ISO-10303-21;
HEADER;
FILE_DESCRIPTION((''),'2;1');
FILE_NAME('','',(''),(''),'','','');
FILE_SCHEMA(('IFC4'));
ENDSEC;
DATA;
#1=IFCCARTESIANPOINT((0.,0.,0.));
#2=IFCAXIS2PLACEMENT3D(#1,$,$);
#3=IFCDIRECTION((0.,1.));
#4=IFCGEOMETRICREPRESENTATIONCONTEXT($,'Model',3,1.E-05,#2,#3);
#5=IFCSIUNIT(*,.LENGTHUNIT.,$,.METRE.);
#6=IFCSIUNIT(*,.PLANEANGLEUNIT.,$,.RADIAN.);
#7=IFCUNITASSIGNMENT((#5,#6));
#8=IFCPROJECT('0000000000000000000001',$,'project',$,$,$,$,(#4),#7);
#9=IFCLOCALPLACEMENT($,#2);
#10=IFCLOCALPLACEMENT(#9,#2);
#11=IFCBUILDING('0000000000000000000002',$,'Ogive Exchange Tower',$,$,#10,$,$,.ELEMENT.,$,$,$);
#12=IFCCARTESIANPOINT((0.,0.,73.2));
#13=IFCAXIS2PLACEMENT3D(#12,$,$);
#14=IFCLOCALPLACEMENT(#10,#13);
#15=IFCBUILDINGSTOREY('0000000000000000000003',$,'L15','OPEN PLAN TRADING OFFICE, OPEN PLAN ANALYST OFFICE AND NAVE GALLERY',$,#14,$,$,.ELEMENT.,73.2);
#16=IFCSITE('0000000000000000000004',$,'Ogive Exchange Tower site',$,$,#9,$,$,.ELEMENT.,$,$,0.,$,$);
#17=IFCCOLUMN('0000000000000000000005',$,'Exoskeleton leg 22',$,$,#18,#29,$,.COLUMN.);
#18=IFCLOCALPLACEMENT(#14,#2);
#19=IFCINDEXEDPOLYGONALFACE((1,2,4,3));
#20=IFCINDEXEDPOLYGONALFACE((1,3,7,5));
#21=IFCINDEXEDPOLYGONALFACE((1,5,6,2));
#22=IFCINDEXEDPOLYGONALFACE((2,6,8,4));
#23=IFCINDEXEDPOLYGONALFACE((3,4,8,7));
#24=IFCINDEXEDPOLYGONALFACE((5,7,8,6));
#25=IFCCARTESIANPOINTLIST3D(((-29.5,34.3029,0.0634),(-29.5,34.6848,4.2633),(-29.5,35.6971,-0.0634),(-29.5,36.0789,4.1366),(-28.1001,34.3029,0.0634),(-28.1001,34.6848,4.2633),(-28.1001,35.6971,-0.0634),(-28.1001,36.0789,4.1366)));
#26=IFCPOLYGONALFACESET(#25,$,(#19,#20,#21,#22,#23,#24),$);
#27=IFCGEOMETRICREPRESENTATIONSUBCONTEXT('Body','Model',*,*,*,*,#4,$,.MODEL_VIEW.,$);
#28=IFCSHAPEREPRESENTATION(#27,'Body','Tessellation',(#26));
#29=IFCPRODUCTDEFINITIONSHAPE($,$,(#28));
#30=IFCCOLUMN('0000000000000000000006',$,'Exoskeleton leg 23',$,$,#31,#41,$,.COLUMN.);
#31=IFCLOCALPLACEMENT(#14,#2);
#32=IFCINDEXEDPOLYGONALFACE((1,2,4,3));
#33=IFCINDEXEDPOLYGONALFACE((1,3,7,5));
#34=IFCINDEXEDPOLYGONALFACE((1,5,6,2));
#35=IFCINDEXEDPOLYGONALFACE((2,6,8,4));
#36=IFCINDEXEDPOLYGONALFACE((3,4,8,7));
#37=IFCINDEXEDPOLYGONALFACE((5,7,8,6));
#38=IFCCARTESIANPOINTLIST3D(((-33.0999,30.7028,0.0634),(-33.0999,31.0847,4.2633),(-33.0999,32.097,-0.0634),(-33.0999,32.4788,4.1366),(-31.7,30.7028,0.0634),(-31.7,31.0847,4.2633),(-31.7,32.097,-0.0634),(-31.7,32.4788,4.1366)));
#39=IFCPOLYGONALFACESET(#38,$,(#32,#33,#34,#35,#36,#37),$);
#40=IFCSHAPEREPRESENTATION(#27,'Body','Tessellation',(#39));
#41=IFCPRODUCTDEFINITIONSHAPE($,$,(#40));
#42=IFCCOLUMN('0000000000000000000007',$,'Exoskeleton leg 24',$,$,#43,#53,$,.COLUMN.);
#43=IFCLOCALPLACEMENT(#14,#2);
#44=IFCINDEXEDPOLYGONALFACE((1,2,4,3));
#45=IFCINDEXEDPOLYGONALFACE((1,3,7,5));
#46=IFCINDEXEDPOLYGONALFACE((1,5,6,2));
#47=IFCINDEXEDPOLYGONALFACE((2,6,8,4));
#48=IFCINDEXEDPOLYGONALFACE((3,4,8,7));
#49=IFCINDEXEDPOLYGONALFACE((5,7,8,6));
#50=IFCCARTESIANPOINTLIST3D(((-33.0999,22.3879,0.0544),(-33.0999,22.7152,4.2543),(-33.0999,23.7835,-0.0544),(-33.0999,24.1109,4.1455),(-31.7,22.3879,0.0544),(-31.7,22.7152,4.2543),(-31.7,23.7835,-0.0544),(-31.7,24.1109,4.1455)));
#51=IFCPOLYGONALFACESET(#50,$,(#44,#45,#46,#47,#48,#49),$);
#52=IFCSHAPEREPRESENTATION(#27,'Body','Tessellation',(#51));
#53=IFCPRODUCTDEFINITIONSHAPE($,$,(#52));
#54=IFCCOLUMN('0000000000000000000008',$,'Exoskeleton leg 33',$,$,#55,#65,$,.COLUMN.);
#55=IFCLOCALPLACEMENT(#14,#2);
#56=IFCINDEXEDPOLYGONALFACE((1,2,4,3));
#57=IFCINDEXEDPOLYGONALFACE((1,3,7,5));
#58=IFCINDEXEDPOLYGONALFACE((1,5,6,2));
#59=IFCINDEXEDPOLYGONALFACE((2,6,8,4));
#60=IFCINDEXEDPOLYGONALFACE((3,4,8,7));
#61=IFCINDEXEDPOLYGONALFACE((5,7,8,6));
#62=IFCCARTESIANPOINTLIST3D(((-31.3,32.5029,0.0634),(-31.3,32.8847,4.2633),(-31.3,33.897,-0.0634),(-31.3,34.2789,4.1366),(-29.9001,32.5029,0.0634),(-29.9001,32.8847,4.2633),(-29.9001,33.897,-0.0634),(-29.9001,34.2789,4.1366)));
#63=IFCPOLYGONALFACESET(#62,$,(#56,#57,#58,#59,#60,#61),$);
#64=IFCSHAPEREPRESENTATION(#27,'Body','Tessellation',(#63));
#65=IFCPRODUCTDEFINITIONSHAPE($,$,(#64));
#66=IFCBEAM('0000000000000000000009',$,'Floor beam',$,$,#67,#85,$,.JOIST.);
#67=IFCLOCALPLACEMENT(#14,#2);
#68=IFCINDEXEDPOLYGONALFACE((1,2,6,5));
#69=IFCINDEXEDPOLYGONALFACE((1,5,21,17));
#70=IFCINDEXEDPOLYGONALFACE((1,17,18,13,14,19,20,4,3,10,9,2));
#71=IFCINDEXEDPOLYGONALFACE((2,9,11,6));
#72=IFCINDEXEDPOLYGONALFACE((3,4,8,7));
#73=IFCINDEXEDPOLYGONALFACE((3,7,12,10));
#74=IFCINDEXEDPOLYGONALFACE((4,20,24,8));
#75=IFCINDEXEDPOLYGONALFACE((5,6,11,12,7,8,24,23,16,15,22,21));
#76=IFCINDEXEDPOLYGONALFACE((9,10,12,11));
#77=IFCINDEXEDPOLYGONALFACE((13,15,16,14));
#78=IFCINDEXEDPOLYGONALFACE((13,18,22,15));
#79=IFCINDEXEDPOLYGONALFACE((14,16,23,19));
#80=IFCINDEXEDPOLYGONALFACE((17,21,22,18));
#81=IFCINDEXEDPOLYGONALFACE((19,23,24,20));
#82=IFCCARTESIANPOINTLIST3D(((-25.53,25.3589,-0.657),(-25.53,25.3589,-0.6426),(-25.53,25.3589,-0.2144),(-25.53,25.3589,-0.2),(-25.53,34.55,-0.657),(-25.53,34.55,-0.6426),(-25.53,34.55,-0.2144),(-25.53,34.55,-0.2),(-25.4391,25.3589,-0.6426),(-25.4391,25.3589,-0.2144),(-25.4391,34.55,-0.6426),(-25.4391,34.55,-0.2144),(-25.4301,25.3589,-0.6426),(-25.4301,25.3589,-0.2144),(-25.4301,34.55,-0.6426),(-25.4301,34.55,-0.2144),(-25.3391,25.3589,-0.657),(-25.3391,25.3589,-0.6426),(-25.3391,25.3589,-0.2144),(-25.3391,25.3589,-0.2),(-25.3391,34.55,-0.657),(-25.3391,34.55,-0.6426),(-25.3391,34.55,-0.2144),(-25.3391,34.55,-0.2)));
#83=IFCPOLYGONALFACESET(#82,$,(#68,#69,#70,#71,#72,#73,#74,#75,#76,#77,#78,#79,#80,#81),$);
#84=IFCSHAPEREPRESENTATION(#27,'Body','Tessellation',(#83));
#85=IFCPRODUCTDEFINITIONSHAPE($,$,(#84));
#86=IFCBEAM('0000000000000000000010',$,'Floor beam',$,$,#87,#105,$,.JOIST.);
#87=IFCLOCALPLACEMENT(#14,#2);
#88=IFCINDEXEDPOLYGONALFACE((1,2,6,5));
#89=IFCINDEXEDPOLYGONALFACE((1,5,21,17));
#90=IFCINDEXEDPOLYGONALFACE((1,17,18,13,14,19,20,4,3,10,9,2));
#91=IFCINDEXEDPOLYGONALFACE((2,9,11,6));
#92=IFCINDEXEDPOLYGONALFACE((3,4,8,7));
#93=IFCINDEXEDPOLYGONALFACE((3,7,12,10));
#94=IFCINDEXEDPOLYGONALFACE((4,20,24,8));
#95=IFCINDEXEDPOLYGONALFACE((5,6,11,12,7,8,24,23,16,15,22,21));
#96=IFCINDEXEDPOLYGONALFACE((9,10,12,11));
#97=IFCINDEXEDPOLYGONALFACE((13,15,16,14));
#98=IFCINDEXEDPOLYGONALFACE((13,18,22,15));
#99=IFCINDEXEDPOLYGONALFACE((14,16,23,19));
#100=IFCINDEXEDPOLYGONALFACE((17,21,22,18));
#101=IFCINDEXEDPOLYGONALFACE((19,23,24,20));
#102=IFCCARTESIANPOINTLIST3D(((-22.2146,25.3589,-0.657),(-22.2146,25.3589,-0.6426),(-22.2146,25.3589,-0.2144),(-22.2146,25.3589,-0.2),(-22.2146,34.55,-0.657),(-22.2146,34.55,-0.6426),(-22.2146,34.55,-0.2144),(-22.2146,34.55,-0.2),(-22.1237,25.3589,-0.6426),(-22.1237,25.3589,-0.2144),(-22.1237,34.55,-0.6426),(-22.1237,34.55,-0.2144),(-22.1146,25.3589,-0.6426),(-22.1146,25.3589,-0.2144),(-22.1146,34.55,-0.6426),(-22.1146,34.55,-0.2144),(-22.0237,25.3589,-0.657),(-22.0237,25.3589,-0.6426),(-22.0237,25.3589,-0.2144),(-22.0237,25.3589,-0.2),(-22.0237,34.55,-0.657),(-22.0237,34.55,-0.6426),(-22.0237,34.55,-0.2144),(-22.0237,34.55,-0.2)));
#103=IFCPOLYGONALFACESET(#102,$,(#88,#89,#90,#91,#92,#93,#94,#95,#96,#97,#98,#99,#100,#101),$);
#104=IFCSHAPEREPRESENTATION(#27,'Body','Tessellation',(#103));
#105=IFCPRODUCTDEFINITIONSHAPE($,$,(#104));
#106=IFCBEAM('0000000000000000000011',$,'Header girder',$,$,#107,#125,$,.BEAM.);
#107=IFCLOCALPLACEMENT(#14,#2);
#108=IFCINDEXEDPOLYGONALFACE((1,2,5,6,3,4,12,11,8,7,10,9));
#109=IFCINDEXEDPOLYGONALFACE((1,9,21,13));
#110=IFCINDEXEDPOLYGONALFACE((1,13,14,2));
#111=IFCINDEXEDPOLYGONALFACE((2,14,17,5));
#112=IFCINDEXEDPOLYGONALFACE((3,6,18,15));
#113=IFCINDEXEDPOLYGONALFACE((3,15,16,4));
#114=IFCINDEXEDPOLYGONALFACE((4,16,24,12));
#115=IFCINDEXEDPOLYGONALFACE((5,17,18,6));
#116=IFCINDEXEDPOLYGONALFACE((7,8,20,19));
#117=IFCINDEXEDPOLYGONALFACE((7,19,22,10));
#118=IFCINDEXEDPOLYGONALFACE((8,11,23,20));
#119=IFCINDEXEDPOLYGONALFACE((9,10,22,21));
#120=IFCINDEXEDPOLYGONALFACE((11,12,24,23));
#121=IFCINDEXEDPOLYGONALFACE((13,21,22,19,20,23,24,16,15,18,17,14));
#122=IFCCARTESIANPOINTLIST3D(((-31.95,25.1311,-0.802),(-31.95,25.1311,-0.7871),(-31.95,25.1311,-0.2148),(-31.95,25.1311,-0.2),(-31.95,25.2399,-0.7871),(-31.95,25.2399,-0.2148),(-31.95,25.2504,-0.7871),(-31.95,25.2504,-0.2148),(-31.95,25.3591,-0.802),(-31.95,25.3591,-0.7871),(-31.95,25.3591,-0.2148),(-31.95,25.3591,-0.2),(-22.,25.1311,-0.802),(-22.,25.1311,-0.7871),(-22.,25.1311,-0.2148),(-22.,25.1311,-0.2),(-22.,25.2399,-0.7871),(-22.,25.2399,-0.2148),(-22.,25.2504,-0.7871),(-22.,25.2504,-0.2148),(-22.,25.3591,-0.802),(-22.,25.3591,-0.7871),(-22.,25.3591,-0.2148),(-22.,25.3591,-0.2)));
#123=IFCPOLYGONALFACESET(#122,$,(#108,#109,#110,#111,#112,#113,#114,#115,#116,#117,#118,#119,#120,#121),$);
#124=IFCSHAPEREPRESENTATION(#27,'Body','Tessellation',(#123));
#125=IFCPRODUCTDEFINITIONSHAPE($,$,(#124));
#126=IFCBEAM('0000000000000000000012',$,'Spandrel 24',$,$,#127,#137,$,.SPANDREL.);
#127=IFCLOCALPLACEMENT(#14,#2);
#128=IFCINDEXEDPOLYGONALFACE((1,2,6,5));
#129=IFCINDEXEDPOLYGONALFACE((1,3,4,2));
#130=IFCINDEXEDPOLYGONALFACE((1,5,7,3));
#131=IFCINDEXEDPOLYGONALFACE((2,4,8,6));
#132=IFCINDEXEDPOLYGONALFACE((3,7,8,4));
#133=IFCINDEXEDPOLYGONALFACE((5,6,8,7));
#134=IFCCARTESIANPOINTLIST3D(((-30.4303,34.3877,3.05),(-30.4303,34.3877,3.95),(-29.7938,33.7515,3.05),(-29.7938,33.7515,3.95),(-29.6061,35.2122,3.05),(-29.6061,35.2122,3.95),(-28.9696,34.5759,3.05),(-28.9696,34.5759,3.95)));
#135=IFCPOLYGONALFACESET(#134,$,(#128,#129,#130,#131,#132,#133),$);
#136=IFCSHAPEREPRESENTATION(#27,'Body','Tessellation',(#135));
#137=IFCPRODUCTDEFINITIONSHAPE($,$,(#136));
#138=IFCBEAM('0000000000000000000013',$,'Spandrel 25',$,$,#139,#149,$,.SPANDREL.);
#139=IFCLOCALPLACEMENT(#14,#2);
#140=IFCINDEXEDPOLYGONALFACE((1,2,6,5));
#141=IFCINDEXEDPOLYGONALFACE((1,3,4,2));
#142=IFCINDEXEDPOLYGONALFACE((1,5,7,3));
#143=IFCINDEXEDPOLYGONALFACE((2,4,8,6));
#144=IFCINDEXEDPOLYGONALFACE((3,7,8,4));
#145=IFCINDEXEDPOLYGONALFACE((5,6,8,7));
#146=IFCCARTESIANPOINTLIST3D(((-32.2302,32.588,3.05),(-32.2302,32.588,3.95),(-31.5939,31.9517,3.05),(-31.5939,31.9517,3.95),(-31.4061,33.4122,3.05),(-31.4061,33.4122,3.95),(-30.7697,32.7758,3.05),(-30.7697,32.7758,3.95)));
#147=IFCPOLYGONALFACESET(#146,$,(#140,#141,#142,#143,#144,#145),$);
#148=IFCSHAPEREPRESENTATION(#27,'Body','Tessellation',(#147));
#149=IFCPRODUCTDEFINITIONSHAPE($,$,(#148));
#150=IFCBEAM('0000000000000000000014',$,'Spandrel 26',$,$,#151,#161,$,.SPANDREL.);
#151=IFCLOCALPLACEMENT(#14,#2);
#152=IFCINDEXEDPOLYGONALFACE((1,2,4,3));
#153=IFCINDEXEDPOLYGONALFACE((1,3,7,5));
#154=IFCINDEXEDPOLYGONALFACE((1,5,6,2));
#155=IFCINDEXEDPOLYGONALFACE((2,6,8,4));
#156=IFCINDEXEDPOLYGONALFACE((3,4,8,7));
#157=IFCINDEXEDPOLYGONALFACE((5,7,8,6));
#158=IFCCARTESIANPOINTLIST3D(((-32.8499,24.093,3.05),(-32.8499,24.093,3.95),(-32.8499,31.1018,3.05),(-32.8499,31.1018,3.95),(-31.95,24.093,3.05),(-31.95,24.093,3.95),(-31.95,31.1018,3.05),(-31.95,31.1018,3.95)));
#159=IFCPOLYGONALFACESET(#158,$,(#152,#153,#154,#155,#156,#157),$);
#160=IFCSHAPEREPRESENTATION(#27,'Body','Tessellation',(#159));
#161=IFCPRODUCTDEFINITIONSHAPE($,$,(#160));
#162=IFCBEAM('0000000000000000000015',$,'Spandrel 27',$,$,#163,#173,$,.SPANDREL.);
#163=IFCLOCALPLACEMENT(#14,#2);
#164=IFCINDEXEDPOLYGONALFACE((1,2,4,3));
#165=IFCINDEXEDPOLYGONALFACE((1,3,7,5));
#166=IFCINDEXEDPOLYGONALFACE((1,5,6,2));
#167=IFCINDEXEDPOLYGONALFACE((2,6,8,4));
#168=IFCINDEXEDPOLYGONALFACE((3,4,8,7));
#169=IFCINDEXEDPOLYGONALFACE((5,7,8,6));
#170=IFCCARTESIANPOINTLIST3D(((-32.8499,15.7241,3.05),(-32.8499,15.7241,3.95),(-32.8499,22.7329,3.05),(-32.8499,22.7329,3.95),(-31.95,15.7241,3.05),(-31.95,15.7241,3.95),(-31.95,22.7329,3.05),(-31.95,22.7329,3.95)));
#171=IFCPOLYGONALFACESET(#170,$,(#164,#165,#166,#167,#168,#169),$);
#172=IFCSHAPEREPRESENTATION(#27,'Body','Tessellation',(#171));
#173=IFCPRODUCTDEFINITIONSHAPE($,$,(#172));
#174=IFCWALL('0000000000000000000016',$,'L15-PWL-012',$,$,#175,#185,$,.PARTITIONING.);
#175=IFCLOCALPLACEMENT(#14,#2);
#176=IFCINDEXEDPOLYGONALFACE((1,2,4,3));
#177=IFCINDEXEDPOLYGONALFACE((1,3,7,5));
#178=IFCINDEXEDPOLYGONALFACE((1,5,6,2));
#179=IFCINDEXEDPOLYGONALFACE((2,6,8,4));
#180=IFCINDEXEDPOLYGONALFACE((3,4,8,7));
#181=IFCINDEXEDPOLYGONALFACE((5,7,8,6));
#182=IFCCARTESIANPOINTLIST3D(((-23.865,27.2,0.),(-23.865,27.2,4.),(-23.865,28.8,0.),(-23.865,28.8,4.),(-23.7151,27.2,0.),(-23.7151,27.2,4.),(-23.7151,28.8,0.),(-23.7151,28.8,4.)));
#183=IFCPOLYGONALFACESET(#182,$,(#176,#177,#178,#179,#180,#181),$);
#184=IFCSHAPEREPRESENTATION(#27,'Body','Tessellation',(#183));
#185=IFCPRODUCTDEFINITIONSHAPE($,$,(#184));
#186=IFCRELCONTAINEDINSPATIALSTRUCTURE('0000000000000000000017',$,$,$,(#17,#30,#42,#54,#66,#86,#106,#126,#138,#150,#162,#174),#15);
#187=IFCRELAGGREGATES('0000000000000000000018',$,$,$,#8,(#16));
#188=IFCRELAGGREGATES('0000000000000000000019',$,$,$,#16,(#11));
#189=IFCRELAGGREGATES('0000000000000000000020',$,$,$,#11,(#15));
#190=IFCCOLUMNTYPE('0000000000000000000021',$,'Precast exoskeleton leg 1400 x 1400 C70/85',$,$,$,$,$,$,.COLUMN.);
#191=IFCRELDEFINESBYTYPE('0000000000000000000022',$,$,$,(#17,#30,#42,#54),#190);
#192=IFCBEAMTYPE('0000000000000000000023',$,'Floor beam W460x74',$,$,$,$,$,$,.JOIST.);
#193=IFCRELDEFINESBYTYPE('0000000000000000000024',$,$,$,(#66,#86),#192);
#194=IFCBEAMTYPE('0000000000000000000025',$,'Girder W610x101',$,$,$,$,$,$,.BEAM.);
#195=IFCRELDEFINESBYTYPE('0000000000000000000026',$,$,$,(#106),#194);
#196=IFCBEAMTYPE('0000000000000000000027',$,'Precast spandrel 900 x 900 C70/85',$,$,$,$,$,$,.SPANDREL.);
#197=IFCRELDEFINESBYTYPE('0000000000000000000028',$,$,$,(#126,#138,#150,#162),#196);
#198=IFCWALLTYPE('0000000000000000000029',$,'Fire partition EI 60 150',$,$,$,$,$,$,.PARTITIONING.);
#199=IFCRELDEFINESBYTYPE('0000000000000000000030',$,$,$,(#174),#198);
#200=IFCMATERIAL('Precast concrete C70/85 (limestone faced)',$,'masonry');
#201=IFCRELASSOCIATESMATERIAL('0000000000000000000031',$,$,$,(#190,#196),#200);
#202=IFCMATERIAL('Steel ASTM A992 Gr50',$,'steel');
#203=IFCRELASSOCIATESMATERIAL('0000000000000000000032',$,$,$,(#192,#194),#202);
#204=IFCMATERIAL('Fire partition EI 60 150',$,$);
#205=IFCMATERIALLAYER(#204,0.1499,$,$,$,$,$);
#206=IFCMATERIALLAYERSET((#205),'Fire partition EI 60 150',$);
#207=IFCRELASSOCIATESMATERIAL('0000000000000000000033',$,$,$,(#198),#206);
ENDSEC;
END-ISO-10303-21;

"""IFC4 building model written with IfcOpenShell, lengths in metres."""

from ifc_helpers import new_model, si_unit, direction, frame, frame_2d, origin, origin_2d, place, context, subcontext, project, spatial, rectangle, i_section, extrude, material, layer, layer_set, material_profile, profile_set, type_object, element, save


model = new_model("IFC4")

# Units and contexts
model_context = context("Model", 3, precision=1e-05, world=origin(), true_north=direction((0.0, 1.0)))
body_context = subcontext(model_context, "Body", "Model", "MODEL_VIEW")
ifc_project = project(units=[si_unit("LENGTHUNIT", "METRE"), si_unit("PLANEANGLEUNIT", "RADIAN")], contexts=[model_context])

# Site, building, storey
site_placement = place(None, origin())
site = spatial("IfcSite", under=ifc_project, at=site_placement, Name="Ogive Exchange Tower site", CompositionType="ELEMENT", RefElevation=0.0)
building_placement = place(site_placement, origin())
building = spatial("IfcBuilding", under=site, at=building_placement, Name="Ogive Exchange Tower", CompositionType="ELEMENT")
storey_placement = place(building_placement, frame((0.0, 0.0, 73.2)))
storey = spatial("IfcBuildingStorey", under=building, at=storey_placement, Name="L15", Description="OPEN PLAN TRADING OFFICE, OPEN PLAN ANALYST OFFICE AND NAVE GALLERY", CompositionType="ELEMENT", Elevation=73.2)

# Columns
ifc_material_1 = material(Name="Precast concrete C70/85 (limestone faced)", Category="masonry")
ifc_material_profile_1 = material_profile(ifc_material_1, rectangle(XDim=1.3999, YDim=1.3999, at=origin_2d()), Name="1400 x 1400")
ifc_profile_set_1 = profile_set([ifc_material_profile_1], Name="Precast concrete C70/85 (limestone faced)")
column_type = type_object("IfcColumnType", Name="Precast exoskeleton leg 1400 x 1400 C70/85", PredefinedType="COLUMN", material=ifc_profile_set_1)
for number, where, z_axis, x_axis, name in (
    (1, (-28.8, 35.0, 0.0), (0.0, 0.090541, 0.995893), (-1.0, 0.0, 0.0), "Exoskeleton leg 22"),
    (2, (-32.3999, 31.3999, 0.0), (0.0, 0.090541, 0.995893), (-1.0, 0.0, 0.0), "Exoskeleton leg 23"),
):
    element("IfcColumn", number, at=place(storey_placement, frame(where, z_axis=z_axis, x_axis=x_axis)), inside=storey, type_object=column_type, Name=name, PredefinedType="COLUMN", context=body_context, shape_type="SweptSolid", body=[
        extrude(rectangle(XDim=1.3999, YDim=1.3999, at=origin_2d()), origin(), (0.0, 0.0, 1.0), 4.2173),
    ])
column_1_placement = place(storey_placement, frame((-32.3999, 23.0857, 0.0), z_axis=(0.0, 0.077716, 0.996976), x_axis=(-1.0, 0.0, 0.0)))
element("IfcColumn", 3, at=column_1_placement, inside=storey, type_object=column_type, Name="Exoskeleton leg 24", PredefinedType="COLUMN", context=body_context, shape_type="SweptSolid", body=[
    extrude(rectangle(XDim=1.3999, YDim=1.3999, at=origin_2d()), origin(), (0.0, 0.0, 1.0), 4.2126),
])
column_2_placement = place(storey_placement, frame((-30.6001, 33.2, 0.0), z_axis=(0.0, 0.090541, 0.995893), x_axis=(-1.0, 0.0, 0.0)))
element("IfcColumn", 4, at=column_2_placement, inside=storey, type_object=column_type, Name="Exoskeleton leg 33", PredefinedType="COLUMN", context=body_context, shape_type="SweptSolid", body=[
    extrude(rectangle(XDim=1.3999, YDim=1.3999, at=origin_2d()), origin(), (0.0, 0.0, 1.0), 4.2173),
])

# Beams
ifc_material_2 = material(Name="Steel ASTM A992 Gr50", Category="steel")
ifc_material_profile_2 = material_profile(ifc_material_2, i_section(OverallWidth=0.1909, OverallDepth=0.457, WebThickness=0.009, FlangeThickness=0.0144, at=origin_2d()), Name="W460x74")
ifc_profile_set_2 = profile_set([ifc_material_profile_2], Name="Steel ASTM A992 Gr50")
beam_type_1 = type_object("IfcBeamType", Name="Floor beam W460x74", PredefinedType="JOIST", material=ifc_profile_set_2)
for number, where, z_axis, x_axis, name in (
    (5, (-25.4346, 25.3589, -0.4285), (0.0, 1.0, 0.0), (-1.0, 0.0, 0.0), "Floor beam"),
    (6, (-22.1191, 25.3589, -0.4285), (0.0, 1.0, 0.0), (-1.0, 0.0, 0.0), "Floor beam"),
):
    element("IfcBeam", number, at=place(storey_placement, frame(where, z_axis=z_axis, x_axis=x_axis)), inside=storey, type_object=beam_type_1, Name=name, PredefinedType="JOIST", context=body_context, shape_type="SweptSolid", body=[
        extrude(i_section(OverallWidth=0.1909, OverallDepth=0.457, WebThickness=0.009, FlangeThickness=0.0144, at=origin_2d()), origin(), (0.0, 0.0, 1.0), 9.1912),
    ])
ifc_material_profile_3 = material_profile(ifc_material_2, i_section(OverallWidth=0.228, OverallDepth=0.6021, WebThickness=0.0105, FlangeThickness=0.0149, at=origin_2d()), Name="W610x101")
ifc_profile_set_3 = profile_set([ifc_material_profile_3], Name="Steel ASTM A992 Gr50")
beam_type_2 = type_object("IfcBeamType", Name="Girder W610x101", PredefinedType="BEAM", material=ifc_profile_set_3)
beam_1_placement = place(storey_placement, frame((-31.95, 25.2451, -0.501), z_axis=(1.0, 0.0, 0.0), x_axis=(0.0, 1.0, 0.0)))
element("IfcBeam", 7, at=beam_1_placement, inside=storey, type_object=beam_type_2, Name="Header girder", PredefinedType="BEAM", context=body_context, shape_type="SweptSolid", body=[
    extrude(i_section(OverallWidth=0.228, OverallDepth=0.6021, WebThickness=0.0105, FlangeThickness=0.0149, at=origin_2d()), origin(), (0.0, 0.0, 1.0), 9.95),
])
ifc_material_profile_4 = material_profile(ifc_material_1, rectangle(XDim=0.8999, YDim=0.8999, at=origin_2d()), Name="900 x 900")
ifc_profile_set_4 = profile_set([ifc_material_profile_4], Name="Precast concrete C70/85 (limestone faced)")
beam_type_3 = type_object("IfcBeamType", Name="Precast spandrel 900 x 900 C70/85", PredefinedType="SPANDREL", material=ifc_profile_set_4)
beam_2_placement = place(storey_placement, frame((-29.2878, 34.894, 3.5), z_axis=(-0.707002, -0.707211, 0.0), x_axis=(0.707211, -0.707002, 0.0)))
element("IfcBeam", 8, at=beam_2_placement, inside=storey, type_object=beam_type_3, Name="Spandrel 24", PredefinedType="SPANDREL", context=body_context, shape_type="SweptSolid", body=[
    extrude(rectangle(XDim=0.8999, YDim=0.8999, at=origin_2d()), origin(), (0.0, 0.0, 1.0), 1.1658),
])
beam_3_placement = place(storey_placement, frame((-31.0879, 33.094, 3.5), z_axis=(-0.707107, -0.707107, 0.0), x_axis=(0.707107, -0.707107, 0.0)))
element("IfcBeam", 9, at=beam_3_placement, inside=storey, type_object=beam_type_3, Name="Spandrel 25", PredefinedType="SPANDREL", context=body_context, shape_type="SweptSolid", body=[
    extrude(rectangle(XDim=0.8999, YDim=0.8999, at=origin_2d()), origin(), (0.0, 0.0, 1.0), 1.1655),
])
for number, where, z_axis, x_axis, name in (
    (10, (-32.3999, 31.1018, 3.5), (0.0, -1.0, 0.0), (1.0, 0.0, 0.0), "Spandrel 26"),
    (11, (-32.3999, 22.7329, 3.5), (0.0, -1.0, 0.0), (1.0, 0.0, 0.0), "Spandrel 27"),
):
    element("IfcBeam", number, at=place(storey_placement, frame(where, z_axis=z_axis, x_axis=x_axis)), inside=storey, type_object=beam_type_3, Name=name, PredefinedType="SPANDREL", context=body_context, shape_type="SweptSolid", body=[
        extrude(rectangle(XDim=0.8999, YDim=0.8999, at=origin_2d()), origin(), (0.0, 0.0, 1.0), 7.0088),
    ])

# Wall
ifc_material_3 = material(Name="Fire partition EI 60 150")
ifc_layer_1 = layer(ifc_material_3, 0.1499)
ifc_layer_set_1 = layer_set([ifc_layer_1], Name="Fire partition EI 60 150")
wall_type_1 = type_object("IfcWallType", Name="Fire partition EI 60 150", PredefinedType="PARTITIONING", material=ifc_layer_set_1)
wall_1_placement = place(storey_placement, frame((-23.79, 27.2, 0.0), z_axis=(0.0, 0.0, 1.0), x_axis=(0.0, 1.0, 0.0)))
element("IfcWall", 12, at=wall_1_placement, inside=storey, type_object=wall_type_1, Name="L15-PWL-012", PredefinedType="PARTITIONING", context=body_context, shape_type="SweptSolid", body=[
    extrude(rectangle(XDim=1.6001, YDim=0.1499, at=frame_2d((0.8, 0.0))), origin(), (0.0, 0.0, 1.0), 4.0),
])

save(model, "model.ifc")
